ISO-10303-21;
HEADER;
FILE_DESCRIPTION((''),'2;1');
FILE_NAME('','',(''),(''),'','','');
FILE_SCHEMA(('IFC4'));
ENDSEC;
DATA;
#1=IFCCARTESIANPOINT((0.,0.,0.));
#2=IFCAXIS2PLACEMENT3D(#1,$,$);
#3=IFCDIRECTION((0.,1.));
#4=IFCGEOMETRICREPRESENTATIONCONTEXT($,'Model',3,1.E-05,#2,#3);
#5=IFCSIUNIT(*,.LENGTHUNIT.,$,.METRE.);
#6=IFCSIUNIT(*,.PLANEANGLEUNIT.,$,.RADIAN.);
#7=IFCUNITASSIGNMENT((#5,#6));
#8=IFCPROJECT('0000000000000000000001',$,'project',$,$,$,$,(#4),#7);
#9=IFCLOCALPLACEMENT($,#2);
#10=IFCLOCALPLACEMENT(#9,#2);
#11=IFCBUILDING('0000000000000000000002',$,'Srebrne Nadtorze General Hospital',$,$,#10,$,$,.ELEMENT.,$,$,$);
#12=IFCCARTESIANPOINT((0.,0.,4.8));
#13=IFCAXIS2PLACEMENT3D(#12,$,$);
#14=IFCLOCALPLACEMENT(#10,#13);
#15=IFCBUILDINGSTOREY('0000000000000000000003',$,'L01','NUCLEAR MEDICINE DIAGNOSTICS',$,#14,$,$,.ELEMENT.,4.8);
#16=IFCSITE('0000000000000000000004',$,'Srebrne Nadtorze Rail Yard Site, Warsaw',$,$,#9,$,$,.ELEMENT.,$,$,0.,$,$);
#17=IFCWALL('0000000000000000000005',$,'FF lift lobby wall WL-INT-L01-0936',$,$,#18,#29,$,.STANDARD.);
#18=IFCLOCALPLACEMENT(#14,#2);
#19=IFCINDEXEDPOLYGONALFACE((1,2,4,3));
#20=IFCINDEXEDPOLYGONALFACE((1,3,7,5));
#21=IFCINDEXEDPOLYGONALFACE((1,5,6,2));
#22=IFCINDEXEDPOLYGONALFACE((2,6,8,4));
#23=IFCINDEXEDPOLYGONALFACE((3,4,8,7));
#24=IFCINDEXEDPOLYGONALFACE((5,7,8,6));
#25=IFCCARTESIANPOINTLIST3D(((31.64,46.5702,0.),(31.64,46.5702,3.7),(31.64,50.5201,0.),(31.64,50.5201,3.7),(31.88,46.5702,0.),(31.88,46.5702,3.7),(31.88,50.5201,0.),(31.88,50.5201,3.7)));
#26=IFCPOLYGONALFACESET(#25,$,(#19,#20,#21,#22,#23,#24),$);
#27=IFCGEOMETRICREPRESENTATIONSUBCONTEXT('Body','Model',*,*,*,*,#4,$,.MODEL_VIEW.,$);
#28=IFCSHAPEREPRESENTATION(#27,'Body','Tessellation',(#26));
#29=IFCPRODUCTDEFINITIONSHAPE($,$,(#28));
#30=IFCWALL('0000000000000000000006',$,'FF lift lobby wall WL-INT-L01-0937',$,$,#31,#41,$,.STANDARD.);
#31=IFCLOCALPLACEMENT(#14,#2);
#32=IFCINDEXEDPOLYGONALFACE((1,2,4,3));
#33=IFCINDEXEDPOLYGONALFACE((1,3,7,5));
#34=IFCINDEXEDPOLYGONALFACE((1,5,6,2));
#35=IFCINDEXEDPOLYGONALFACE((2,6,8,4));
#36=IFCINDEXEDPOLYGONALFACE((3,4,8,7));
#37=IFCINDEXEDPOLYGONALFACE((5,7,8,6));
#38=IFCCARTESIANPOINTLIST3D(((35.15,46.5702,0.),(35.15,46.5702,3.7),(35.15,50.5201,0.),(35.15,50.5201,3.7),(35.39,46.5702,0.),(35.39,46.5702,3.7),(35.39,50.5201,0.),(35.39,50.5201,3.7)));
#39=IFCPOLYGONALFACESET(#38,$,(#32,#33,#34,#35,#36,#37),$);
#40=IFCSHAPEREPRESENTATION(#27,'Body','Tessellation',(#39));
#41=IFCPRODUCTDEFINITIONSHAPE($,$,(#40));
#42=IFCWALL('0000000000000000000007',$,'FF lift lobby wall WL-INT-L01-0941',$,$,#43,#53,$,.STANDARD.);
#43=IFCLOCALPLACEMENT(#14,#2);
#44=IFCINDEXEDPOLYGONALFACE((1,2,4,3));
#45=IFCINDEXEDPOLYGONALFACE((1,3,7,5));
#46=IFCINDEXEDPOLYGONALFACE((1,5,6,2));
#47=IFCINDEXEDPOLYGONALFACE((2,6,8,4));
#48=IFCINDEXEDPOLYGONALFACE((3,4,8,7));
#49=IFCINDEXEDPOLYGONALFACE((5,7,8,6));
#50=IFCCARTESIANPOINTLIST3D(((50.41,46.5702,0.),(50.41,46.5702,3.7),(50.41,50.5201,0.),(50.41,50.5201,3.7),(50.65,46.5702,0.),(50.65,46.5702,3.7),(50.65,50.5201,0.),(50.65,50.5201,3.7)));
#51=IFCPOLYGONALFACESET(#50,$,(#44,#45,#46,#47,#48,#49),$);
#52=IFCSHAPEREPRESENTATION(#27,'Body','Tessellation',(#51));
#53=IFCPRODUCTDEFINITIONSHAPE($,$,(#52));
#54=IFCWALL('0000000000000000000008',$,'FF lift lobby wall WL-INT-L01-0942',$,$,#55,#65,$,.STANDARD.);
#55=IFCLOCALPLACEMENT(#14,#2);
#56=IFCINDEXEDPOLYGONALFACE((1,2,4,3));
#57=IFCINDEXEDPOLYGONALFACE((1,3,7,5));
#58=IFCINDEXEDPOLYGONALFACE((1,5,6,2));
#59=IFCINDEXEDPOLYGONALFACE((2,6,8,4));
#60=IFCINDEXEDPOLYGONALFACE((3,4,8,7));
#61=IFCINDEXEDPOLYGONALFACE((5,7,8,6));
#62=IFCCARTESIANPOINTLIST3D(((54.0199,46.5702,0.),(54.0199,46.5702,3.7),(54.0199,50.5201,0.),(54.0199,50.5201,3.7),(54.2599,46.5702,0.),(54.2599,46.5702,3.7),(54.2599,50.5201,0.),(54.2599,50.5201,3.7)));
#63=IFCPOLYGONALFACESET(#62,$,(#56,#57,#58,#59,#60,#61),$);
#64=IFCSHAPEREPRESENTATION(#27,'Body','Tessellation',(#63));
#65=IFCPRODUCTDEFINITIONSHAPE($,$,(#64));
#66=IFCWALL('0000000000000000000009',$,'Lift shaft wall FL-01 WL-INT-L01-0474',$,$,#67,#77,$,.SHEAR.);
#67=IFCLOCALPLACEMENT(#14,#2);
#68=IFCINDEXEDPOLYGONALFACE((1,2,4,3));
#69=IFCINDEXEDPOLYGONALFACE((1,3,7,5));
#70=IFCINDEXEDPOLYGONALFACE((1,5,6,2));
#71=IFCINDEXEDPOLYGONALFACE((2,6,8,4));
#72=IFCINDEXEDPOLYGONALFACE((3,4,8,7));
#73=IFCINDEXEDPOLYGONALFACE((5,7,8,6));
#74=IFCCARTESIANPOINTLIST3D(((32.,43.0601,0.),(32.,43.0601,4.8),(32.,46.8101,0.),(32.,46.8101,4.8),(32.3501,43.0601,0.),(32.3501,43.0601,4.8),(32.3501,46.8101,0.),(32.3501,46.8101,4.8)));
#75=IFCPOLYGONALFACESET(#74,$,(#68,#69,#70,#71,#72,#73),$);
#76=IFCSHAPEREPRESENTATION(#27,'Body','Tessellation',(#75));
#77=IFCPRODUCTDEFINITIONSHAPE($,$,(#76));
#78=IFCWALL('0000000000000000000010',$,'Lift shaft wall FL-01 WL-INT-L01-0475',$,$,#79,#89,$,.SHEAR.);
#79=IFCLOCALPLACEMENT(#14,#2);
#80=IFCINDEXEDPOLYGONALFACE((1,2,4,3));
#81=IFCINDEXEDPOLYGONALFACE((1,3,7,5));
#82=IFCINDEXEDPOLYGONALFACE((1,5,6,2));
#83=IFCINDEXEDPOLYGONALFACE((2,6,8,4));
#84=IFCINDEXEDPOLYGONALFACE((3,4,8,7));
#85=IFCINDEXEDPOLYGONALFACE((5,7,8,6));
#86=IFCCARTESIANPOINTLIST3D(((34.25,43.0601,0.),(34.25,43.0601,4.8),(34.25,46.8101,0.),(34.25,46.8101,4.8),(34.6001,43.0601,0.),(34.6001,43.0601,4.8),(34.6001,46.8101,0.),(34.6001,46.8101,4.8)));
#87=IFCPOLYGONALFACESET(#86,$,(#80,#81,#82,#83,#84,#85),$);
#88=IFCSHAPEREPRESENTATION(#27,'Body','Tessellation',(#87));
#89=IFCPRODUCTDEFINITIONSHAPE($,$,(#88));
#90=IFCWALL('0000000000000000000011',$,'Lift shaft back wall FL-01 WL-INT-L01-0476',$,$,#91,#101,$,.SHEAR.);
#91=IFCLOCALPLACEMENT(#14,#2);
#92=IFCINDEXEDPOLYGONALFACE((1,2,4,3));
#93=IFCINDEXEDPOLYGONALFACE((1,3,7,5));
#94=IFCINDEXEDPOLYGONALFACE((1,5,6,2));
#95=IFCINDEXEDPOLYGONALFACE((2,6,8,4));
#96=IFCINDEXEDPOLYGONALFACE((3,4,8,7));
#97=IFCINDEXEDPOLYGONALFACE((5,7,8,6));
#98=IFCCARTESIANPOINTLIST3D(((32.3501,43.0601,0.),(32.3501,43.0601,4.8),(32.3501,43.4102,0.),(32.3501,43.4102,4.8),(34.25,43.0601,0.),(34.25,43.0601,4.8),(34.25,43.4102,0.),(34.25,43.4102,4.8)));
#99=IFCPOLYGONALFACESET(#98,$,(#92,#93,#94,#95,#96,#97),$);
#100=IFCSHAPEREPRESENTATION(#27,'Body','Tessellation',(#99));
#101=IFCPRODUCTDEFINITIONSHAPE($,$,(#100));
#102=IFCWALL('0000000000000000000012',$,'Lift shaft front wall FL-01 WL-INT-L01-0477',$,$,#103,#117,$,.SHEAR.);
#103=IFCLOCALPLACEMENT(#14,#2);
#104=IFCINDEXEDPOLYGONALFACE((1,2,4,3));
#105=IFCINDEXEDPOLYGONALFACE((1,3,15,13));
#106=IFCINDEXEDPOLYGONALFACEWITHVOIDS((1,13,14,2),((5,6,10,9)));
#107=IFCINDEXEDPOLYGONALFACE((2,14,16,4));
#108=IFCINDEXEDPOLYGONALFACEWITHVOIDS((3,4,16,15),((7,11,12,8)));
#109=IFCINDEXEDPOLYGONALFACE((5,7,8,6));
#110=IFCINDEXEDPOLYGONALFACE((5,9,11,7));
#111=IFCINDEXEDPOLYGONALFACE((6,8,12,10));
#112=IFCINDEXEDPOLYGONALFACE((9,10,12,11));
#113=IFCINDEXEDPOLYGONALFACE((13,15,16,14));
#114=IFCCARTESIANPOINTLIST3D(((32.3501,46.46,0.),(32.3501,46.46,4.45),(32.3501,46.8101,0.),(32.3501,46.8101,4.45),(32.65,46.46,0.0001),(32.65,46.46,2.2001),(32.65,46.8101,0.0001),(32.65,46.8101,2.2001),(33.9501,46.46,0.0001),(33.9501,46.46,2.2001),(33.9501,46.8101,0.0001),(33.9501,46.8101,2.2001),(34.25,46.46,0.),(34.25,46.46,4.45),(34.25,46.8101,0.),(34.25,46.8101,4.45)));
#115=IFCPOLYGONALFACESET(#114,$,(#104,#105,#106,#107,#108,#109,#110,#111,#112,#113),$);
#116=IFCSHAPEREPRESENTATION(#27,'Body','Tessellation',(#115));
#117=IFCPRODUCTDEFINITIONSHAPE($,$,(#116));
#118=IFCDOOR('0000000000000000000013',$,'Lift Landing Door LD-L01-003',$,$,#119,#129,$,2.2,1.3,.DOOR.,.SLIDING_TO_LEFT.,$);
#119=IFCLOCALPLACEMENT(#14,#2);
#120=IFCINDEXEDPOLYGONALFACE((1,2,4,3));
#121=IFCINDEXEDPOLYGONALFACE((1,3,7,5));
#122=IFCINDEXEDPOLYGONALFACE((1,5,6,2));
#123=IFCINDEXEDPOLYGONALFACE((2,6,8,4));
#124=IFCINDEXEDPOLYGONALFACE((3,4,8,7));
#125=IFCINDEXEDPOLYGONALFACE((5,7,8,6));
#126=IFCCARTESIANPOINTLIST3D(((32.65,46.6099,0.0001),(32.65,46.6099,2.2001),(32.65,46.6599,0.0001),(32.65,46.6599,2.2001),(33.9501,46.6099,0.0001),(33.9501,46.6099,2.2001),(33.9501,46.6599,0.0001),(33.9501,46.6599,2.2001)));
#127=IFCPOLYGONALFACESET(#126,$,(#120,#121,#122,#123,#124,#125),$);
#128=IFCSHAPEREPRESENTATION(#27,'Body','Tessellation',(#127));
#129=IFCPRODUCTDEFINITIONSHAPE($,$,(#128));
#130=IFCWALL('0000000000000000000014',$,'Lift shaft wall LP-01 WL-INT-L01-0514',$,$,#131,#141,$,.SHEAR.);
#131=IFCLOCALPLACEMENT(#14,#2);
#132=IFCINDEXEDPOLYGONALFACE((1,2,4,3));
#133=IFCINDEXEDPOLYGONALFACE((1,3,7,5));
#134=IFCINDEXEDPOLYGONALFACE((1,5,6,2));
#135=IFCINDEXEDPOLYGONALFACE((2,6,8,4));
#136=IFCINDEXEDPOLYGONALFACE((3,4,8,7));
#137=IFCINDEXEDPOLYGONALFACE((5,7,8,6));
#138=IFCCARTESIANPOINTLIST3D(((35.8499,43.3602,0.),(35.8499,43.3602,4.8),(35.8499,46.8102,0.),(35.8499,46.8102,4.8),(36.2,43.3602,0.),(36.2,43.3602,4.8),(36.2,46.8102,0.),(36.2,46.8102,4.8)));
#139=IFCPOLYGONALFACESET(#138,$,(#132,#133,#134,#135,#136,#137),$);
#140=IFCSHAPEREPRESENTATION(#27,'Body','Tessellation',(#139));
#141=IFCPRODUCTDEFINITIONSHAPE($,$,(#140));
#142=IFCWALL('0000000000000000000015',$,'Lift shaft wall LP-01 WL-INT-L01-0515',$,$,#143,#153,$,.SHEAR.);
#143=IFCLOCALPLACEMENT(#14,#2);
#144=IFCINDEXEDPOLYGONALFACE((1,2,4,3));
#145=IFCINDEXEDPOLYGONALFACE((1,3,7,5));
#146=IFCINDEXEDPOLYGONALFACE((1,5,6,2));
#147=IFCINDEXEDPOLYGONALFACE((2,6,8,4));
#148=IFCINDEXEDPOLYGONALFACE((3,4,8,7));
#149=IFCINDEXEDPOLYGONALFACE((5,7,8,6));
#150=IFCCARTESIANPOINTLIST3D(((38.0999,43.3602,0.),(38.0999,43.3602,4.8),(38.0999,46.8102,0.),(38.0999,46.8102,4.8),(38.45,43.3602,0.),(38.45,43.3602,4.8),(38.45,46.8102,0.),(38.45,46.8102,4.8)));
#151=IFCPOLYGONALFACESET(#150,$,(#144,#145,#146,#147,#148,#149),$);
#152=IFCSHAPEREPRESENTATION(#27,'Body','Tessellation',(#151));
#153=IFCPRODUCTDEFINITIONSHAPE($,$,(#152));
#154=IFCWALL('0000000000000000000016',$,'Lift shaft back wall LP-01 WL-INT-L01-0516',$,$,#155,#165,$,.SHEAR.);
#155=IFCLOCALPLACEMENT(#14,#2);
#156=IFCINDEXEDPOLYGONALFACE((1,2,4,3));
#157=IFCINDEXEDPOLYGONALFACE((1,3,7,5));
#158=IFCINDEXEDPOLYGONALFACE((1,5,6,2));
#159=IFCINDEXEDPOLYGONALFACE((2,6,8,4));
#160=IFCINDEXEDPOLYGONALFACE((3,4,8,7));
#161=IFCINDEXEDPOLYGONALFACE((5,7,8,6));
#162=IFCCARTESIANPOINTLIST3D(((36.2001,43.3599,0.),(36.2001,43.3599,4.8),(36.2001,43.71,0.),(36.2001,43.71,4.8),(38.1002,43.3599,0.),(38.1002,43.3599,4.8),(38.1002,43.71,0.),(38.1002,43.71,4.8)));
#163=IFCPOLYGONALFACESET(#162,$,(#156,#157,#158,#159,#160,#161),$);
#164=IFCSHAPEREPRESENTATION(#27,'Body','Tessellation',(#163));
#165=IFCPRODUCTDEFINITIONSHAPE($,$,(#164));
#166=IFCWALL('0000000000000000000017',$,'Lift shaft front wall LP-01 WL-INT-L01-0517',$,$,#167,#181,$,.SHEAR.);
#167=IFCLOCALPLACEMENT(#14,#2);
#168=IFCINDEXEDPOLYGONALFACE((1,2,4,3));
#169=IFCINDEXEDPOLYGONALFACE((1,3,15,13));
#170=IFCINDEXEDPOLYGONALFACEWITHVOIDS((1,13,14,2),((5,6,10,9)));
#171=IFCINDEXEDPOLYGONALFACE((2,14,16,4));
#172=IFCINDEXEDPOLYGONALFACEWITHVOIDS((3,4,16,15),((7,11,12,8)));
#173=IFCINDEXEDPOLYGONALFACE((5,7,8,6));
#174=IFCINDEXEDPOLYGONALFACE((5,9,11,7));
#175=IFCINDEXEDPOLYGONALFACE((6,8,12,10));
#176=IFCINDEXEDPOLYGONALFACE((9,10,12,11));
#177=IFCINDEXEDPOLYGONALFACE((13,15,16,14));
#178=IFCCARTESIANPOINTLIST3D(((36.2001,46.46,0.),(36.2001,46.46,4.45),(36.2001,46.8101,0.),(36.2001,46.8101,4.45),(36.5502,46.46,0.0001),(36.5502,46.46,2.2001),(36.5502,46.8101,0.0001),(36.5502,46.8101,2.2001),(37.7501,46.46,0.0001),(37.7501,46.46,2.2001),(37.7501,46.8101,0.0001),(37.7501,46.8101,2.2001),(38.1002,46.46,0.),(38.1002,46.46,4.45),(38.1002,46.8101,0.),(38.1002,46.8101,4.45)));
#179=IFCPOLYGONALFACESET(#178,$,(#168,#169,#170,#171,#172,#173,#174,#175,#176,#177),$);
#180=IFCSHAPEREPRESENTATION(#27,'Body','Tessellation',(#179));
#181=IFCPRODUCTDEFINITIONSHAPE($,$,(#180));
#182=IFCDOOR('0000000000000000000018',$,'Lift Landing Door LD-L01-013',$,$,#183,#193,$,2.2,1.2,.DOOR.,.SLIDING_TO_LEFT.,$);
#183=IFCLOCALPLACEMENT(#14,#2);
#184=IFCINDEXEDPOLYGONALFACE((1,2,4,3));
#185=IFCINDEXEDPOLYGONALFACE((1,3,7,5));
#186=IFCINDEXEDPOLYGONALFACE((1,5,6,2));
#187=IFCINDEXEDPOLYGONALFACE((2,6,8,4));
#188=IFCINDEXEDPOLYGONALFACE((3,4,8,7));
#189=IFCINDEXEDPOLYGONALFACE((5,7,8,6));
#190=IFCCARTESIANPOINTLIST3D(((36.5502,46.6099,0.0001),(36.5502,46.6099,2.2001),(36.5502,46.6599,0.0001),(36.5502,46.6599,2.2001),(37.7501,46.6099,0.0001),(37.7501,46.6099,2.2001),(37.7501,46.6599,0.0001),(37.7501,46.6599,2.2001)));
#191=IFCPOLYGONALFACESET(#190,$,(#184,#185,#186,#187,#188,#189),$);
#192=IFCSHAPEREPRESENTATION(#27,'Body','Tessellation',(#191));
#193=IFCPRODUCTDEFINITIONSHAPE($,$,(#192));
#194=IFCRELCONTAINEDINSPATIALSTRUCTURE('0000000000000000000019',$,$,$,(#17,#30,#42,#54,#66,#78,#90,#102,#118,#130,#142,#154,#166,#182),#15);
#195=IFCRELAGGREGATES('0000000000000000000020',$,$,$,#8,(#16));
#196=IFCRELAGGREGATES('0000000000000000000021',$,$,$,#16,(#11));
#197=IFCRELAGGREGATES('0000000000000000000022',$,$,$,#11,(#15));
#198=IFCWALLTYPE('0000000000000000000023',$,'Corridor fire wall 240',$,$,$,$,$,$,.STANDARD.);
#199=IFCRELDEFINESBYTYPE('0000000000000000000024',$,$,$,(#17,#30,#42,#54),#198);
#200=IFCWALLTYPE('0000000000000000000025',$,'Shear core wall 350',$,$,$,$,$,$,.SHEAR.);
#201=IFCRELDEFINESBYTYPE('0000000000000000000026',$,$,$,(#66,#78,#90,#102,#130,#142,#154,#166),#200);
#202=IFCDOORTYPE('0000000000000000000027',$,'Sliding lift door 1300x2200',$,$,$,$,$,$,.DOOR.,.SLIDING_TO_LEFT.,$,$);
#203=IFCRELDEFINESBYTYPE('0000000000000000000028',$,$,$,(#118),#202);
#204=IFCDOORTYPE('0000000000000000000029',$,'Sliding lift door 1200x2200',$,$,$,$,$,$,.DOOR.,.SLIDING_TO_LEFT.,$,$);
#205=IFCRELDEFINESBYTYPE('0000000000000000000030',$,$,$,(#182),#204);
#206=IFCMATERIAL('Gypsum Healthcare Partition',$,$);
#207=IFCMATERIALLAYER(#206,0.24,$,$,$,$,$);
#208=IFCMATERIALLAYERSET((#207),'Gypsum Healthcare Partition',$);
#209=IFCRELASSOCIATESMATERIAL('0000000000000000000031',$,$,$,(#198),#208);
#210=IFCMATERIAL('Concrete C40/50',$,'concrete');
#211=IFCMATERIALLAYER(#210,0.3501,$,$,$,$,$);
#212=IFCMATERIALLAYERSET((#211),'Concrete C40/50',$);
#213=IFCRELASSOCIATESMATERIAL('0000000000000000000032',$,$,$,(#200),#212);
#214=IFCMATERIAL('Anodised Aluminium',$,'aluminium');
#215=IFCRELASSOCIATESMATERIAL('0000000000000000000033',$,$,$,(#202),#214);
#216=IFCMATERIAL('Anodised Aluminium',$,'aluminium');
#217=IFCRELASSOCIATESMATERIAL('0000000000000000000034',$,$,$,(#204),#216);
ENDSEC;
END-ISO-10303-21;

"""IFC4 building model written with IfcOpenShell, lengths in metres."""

from ifc_helpers import new_model, si_unit, direction, frame, frame_2d, origin, place, context, subcontext, project, spatial, rectangle, extrude, material, layer, layer_set, type_object, element, fill, save


model = new_model("IFC4")

# Units and contexts
model_context = context("Model", 3, precision=1e-05, world=origin(), true_north=direction((0.0, 1.0)))
body_context = subcontext(model_context, "Body", "Model", "MODEL_VIEW")
ifc_project = project(units=[si_unit("LENGTHUNIT", "METRE"), si_unit("PLANEANGLEUNIT", "RADIAN")], contexts=[model_context])

# Site, building, storey
site_placement = place(None, origin())
site = spatial("IfcSite", under=ifc_project, at=site_placement, Name="Srebrne Nadtorze Rail Yard Site, Warsaw", CompositionType="ELEMENT", RefElevation=0.0)
building_placement = place(site_placement, origin())
building = spatial("IfcBuilding", under=site, at=building_placement, Name="Srebrne Nadtorze General Hospital", CompositionType="ELEMENT")
storey_placement = place(building_placement, frame((0.0, 0.0, 4.8)))
storey = spatial("IfcBuildingStorey", under=building, at=storey_placement, Name="L01", Description="NUCLEAR MEDICINE DIAGNOSTICS", CompositionType="ELEMENT", Elevation=4.8)

# Walls
ifc_material_1 = material(Name="Gypsum Healthcare Partition")
ifc_layer_1 = layer(ifc_material_1, 0.24)
ifc_layer_set_1 = layer_set([ifc_layer_1], Name="Gypsum Healthcare Partition")
wall_type_1 = type_object("IfcWallType", Name="Corridor fire wall 240", PredefinedType="STANDARD", material=ifc_layer_set_1)
for number, where, z_axis, x_axis, name in (
    (1, (31.76, 46.5701, 0.0), (0.0, 0.0, 1.0), (0.0, 1.0, 0.0), "FF lift lobby wall WL-INT-L01-0936"),
    (2, (35.27, 46.5701, 0.0), (0.0, 0.0, 1.0), (0.0, 1.0, 0.0), "FF lift lobby wall WL-INT-L01-0937"),
    (3, (50.53, 46.5701, 0.0), (0.0, 0.0, 1.0), (0.0, 1.0, 0.0), "FF lift lobby wall WL-INT-L01-0941"),
    (4, (54.1399, 46.5701, 0.0), (0.0, 0.0, 1.0), (0.0, 1.0, 0.0), "FF lift lobby wall WL-INT-L01-0942"),
):
    element("IfcWall", number, at=place(storey_placement, frame(where, z_axis=z_axis, x_axis=x_axis)), inside=storey, type_object=wall_type_1, Name=name, PredefinedType="STANDARD", context=body_context, shape_type="SweptSolid", body=[
        extrude(rectangle(XDim=3.95, YDim=0.24, at=frame_2d((1.9751, 0.0))), origin(), (0.0, 0.0, 1.0), 3.7),
    ])
ifc_material_2 = material(Name="Concrete C40/50", Category="concrete")
ifc_layer_2 = layer(ifc_material_2, 0.3501)
ifc_layer_set_2 = layer_set([ifc_layer_2], Name="Concrete C40/50")
wall_type_2 = type_object("IfcWallType", Name="Shear core wall 350", PredefinedType="SHEAR", material=ifc_layer_set_2)
for number, where, z_axis, x_axis, name in (
    (5, (32.175, 43.0601, 0.0), (0.0, 0.0, 1.0), (0.0, 1.0, 0.0), "Lift shaft wall FL-01 WL-INT-L01-0474"),
    (6, (34.425, 43.0601, 0.0), (0.0, 0.0, 1.0), (0.0, 1.0, 0.0), "Lift shaft wall FL-01 WL-INT-L01-0475"),
):
    element("IfcWall", number, at=place(storey_placement, frame(where, z_axis=z_axis, x_axis=x_axis)), inside=storey, type_object=wall_type_2, Name=name, PredefinedType="SHEAR", context=body_context, shape_type="SweptSolid", body=[
        extrude(rectangle(XDim=3.75, YDim=0.3501, at=frame_2d((1.875, 0.0))), origin(), (0.0, 0.0, 1.0), 4.8),
    ])
wall_1_placement = place(storey_placement, frame((32.3501, 43.2351, 0.0), z_axis=(0.0, 0.0, 1.0), x_axis=(1.0, 0.0, 0.0)))
element("IfcWall", 7, at=wall_1_placement, inside=storey, type_object=wall_type_2, Name="Lift shaft back wall FL-01 WL-INT-L01-0476", PredefinedType="SHEAR", context=body_context, shape_type="SweptSolid", body=[
    extrude(rectangle(XDim=1.8999, YDim=0.3501, at=frame_2d((0.95, 0.0))), origin(), (0.0, 0.0, 1.0), 4.8),
])

# Wall, opening, door
wall_2_placement = place(storey_placement, frame((32.3501, 46.635, 0.0), z_axis=(0.0, 0.0, 1.0), x_axis=(1.0, 0.0, 0.0)))
wall_2 = element("IfcWall", 8, at=wall_2_placement, inside=storey, type_object=wall_type_2, Name="Lift shaft front wall FL-01 WL-INT-L01-0477", PredefinedType="SHEAR", context=body_context, shape_type="SweptSolid", body=[
    extrude(rectangle(XDim=1.8999, YDim=0.3501, at=frame_2d((0.95, 0.0))), origin(), (0.0, 0.0, 1.0), 4.45),
])
opening_1_placement = place(wall_2_placement, frame((0.3, 0.0, 0.0)))
opening_1 = element("IfcOpeningElement", 9, at=opening_1_placement, cuts=wall_2, PredefinedType="OPENING", context=body_context, shape_type="SweptSolid", body=[
    extrude(rectangle(XDim=1.3, YDim=2.2, at=frame_2d((0.6499, 1.1001))), frame((0.0, 0.187, 0.0), z_axis=(0.0, -1.0, 0.0), x_axis=(1.0, 0.0, 0.0)), (0.0, 0.0, 1.0), 0.374),
])
ifc_material_3 = material(Name="Anodised Aluminium", Category="aluminium")
door_type_1 = type_object("IfcDoorType", Name="Sliding lift door 1300x2200", OperationType="SLIDING_TO_LEFT", PredefinedType="DOOR", material=ifc_material_3)
door_1_placement = place(opening_1_placement, origin())
door_1 = element("IfcDoor", 10, at=door_1_placement, inside=storey, type_object=door_type_1, Name="Lift Landing Door LD-L01-003", OperationType="SLIDING_TO_LEFT", OverallHeight=2.2, OverallWidth=1.3, PredefinedType="DOOR", context=body_context, shape_type="SweptSolid", body=[
    extrude(rectangle(XDim=1.3, YDim=2.2, at=frame_2d((0.6499, 1.1001))), frame((0.0, 0.0249, 0.0), z_axis=(0.0, -1.0, 0.0), x_axis=(1.0, 0.0, 0.0)), (0.0, 0.0, 1.0), 0.05),
])
fill(opening_1, door_1)

# Walls
for number, where, z_axis, x_axis, name in (
    (11, (36.0249, 43.3601, 0.0), (0.0, 0.0, 1.0), (0.0, 1.0, 0.0), "Lift shaft wall LP-01 WL-INT-L01-0514"),
    (12, (38.2749, 43.3601, 0.0), (0.0, 0.0, 1.0), (0.0, 1.0, 0.0), "Lift shaft wall LP-01 WL-INT-L01-0515"),
):
    element("IfcWall", number, at=place(storey_placement, frame(where, z_axis=z_axis, x_axis=x_axis)), inside=storey, type_object=wall_type_2, Name=name, PredefinedType="SHEAR", context=body_context, shape_type="SweptSolid", body=[
        extrude(rectangle(XDim=3.45, YDim=0.3501, at=frame_2d((1.7251, 0.0))), origin(), (0.0, 0.0, 1.0), 4.8),
    ])
wall_3_placement = place(storey_placement, frame((36.2, 43.5349, 0.0), z_axis=(0.0, 0.0, 1.0), x_axis=(1.0, 0.0, 0.0)))
element("IfcWall", 13, at=wall_3_placement, inside=storey, type_object=wall_type_2, Name="Lift shaft back wall LP-01 WL-INT-L01-0516", PredefinedType="SHEAR", context=body_context, shape_type="SweptSolid", body=[
    extrude(rectangle(XDim=1.9001, YDim=0.3501, at=frame_2d((0.9502, 0.0))), origin(), (0.0, 0.0, 1.0), 4.8),
])

# Wall, opening, door
wall_4_placement = place(storey_placement, frame((36.2, 46.635, 0.0), z_axis=(0.0, 0.0, 1.0), x_axis=(1.0, 0.0, 0.0)))
wall_4 = element("IfcWall", 14, at=wall_4_placement, inside=storey, type_object=wall_type_2, Name="Lift shaft front wall LP-01 WL-INT-L01-0517", PredefinedType="SHEAR", context=body_context, shape_type="SweptSolid", body=[
    extrude(rectangle(XDim=1.9001, YDim=0.3501, at=frame_2d((0.9502, 0.0))), origin(), (0.0, 0.0, 1.0), 4.45),
])
opening_2_placement = place(wall_4_placement, frame((0.3501, 0.0, 0.0)))
opening_2 = element("IfcOpeningElement", 15, at=opening_2_placement, cuts=wall_4, PredefinedType="OPENING", context=body_context, shape_type="SweptSolid", body=[
    extrude(rectangle(XDim=1.2, YDim=2.2, at=frame_2d((0.6001, 1.1001))), frame((0.0, 0.187, 0.0), z_axis=(0.0, -1.0, 0.0), x_axis=(1.0, 0.0, 0.0)), (0.0, 0.0, 1.0), 0.374),
])
ifc_material_4 = material(Name="Anodised Aluminium", Category="aluminium")
door_type_2 = type_object("IfcDoorType", Name="Sliding lift door 1200x2200", OperationType="SLIDING_TO_LEFT", PredefinedType="DOOR", material=ifc_material_4)
door_2_placement = place(opening_2_placement, origin())
door_2 = element("IfcDoor", 16, at=door_2_placement, inside=storey, type_object=door_type_2, Name="Lift Landing Door LD-L01-013", OperationType="SLIDING_TO_LEFT", OverallHeight=2.2, OverallWidth=1.2, PredefinedType="DOOR", context=body_context, shape_type="SweptSolid", body=[
    extrude(rectangle(XDim=1.2, YDim=2.2, at=frame_2d((0.6001, 1.1001))), frame((0.0, 0.0249, 0.0), z_axis=(0.0, -1.0, 0.0), x_axis=(1.0, 0.0, 0.0)), (0.0, 0.0, 1.0), 0.05),
])
fill(opening_2, door_2)

save(model, "model.ifc")
